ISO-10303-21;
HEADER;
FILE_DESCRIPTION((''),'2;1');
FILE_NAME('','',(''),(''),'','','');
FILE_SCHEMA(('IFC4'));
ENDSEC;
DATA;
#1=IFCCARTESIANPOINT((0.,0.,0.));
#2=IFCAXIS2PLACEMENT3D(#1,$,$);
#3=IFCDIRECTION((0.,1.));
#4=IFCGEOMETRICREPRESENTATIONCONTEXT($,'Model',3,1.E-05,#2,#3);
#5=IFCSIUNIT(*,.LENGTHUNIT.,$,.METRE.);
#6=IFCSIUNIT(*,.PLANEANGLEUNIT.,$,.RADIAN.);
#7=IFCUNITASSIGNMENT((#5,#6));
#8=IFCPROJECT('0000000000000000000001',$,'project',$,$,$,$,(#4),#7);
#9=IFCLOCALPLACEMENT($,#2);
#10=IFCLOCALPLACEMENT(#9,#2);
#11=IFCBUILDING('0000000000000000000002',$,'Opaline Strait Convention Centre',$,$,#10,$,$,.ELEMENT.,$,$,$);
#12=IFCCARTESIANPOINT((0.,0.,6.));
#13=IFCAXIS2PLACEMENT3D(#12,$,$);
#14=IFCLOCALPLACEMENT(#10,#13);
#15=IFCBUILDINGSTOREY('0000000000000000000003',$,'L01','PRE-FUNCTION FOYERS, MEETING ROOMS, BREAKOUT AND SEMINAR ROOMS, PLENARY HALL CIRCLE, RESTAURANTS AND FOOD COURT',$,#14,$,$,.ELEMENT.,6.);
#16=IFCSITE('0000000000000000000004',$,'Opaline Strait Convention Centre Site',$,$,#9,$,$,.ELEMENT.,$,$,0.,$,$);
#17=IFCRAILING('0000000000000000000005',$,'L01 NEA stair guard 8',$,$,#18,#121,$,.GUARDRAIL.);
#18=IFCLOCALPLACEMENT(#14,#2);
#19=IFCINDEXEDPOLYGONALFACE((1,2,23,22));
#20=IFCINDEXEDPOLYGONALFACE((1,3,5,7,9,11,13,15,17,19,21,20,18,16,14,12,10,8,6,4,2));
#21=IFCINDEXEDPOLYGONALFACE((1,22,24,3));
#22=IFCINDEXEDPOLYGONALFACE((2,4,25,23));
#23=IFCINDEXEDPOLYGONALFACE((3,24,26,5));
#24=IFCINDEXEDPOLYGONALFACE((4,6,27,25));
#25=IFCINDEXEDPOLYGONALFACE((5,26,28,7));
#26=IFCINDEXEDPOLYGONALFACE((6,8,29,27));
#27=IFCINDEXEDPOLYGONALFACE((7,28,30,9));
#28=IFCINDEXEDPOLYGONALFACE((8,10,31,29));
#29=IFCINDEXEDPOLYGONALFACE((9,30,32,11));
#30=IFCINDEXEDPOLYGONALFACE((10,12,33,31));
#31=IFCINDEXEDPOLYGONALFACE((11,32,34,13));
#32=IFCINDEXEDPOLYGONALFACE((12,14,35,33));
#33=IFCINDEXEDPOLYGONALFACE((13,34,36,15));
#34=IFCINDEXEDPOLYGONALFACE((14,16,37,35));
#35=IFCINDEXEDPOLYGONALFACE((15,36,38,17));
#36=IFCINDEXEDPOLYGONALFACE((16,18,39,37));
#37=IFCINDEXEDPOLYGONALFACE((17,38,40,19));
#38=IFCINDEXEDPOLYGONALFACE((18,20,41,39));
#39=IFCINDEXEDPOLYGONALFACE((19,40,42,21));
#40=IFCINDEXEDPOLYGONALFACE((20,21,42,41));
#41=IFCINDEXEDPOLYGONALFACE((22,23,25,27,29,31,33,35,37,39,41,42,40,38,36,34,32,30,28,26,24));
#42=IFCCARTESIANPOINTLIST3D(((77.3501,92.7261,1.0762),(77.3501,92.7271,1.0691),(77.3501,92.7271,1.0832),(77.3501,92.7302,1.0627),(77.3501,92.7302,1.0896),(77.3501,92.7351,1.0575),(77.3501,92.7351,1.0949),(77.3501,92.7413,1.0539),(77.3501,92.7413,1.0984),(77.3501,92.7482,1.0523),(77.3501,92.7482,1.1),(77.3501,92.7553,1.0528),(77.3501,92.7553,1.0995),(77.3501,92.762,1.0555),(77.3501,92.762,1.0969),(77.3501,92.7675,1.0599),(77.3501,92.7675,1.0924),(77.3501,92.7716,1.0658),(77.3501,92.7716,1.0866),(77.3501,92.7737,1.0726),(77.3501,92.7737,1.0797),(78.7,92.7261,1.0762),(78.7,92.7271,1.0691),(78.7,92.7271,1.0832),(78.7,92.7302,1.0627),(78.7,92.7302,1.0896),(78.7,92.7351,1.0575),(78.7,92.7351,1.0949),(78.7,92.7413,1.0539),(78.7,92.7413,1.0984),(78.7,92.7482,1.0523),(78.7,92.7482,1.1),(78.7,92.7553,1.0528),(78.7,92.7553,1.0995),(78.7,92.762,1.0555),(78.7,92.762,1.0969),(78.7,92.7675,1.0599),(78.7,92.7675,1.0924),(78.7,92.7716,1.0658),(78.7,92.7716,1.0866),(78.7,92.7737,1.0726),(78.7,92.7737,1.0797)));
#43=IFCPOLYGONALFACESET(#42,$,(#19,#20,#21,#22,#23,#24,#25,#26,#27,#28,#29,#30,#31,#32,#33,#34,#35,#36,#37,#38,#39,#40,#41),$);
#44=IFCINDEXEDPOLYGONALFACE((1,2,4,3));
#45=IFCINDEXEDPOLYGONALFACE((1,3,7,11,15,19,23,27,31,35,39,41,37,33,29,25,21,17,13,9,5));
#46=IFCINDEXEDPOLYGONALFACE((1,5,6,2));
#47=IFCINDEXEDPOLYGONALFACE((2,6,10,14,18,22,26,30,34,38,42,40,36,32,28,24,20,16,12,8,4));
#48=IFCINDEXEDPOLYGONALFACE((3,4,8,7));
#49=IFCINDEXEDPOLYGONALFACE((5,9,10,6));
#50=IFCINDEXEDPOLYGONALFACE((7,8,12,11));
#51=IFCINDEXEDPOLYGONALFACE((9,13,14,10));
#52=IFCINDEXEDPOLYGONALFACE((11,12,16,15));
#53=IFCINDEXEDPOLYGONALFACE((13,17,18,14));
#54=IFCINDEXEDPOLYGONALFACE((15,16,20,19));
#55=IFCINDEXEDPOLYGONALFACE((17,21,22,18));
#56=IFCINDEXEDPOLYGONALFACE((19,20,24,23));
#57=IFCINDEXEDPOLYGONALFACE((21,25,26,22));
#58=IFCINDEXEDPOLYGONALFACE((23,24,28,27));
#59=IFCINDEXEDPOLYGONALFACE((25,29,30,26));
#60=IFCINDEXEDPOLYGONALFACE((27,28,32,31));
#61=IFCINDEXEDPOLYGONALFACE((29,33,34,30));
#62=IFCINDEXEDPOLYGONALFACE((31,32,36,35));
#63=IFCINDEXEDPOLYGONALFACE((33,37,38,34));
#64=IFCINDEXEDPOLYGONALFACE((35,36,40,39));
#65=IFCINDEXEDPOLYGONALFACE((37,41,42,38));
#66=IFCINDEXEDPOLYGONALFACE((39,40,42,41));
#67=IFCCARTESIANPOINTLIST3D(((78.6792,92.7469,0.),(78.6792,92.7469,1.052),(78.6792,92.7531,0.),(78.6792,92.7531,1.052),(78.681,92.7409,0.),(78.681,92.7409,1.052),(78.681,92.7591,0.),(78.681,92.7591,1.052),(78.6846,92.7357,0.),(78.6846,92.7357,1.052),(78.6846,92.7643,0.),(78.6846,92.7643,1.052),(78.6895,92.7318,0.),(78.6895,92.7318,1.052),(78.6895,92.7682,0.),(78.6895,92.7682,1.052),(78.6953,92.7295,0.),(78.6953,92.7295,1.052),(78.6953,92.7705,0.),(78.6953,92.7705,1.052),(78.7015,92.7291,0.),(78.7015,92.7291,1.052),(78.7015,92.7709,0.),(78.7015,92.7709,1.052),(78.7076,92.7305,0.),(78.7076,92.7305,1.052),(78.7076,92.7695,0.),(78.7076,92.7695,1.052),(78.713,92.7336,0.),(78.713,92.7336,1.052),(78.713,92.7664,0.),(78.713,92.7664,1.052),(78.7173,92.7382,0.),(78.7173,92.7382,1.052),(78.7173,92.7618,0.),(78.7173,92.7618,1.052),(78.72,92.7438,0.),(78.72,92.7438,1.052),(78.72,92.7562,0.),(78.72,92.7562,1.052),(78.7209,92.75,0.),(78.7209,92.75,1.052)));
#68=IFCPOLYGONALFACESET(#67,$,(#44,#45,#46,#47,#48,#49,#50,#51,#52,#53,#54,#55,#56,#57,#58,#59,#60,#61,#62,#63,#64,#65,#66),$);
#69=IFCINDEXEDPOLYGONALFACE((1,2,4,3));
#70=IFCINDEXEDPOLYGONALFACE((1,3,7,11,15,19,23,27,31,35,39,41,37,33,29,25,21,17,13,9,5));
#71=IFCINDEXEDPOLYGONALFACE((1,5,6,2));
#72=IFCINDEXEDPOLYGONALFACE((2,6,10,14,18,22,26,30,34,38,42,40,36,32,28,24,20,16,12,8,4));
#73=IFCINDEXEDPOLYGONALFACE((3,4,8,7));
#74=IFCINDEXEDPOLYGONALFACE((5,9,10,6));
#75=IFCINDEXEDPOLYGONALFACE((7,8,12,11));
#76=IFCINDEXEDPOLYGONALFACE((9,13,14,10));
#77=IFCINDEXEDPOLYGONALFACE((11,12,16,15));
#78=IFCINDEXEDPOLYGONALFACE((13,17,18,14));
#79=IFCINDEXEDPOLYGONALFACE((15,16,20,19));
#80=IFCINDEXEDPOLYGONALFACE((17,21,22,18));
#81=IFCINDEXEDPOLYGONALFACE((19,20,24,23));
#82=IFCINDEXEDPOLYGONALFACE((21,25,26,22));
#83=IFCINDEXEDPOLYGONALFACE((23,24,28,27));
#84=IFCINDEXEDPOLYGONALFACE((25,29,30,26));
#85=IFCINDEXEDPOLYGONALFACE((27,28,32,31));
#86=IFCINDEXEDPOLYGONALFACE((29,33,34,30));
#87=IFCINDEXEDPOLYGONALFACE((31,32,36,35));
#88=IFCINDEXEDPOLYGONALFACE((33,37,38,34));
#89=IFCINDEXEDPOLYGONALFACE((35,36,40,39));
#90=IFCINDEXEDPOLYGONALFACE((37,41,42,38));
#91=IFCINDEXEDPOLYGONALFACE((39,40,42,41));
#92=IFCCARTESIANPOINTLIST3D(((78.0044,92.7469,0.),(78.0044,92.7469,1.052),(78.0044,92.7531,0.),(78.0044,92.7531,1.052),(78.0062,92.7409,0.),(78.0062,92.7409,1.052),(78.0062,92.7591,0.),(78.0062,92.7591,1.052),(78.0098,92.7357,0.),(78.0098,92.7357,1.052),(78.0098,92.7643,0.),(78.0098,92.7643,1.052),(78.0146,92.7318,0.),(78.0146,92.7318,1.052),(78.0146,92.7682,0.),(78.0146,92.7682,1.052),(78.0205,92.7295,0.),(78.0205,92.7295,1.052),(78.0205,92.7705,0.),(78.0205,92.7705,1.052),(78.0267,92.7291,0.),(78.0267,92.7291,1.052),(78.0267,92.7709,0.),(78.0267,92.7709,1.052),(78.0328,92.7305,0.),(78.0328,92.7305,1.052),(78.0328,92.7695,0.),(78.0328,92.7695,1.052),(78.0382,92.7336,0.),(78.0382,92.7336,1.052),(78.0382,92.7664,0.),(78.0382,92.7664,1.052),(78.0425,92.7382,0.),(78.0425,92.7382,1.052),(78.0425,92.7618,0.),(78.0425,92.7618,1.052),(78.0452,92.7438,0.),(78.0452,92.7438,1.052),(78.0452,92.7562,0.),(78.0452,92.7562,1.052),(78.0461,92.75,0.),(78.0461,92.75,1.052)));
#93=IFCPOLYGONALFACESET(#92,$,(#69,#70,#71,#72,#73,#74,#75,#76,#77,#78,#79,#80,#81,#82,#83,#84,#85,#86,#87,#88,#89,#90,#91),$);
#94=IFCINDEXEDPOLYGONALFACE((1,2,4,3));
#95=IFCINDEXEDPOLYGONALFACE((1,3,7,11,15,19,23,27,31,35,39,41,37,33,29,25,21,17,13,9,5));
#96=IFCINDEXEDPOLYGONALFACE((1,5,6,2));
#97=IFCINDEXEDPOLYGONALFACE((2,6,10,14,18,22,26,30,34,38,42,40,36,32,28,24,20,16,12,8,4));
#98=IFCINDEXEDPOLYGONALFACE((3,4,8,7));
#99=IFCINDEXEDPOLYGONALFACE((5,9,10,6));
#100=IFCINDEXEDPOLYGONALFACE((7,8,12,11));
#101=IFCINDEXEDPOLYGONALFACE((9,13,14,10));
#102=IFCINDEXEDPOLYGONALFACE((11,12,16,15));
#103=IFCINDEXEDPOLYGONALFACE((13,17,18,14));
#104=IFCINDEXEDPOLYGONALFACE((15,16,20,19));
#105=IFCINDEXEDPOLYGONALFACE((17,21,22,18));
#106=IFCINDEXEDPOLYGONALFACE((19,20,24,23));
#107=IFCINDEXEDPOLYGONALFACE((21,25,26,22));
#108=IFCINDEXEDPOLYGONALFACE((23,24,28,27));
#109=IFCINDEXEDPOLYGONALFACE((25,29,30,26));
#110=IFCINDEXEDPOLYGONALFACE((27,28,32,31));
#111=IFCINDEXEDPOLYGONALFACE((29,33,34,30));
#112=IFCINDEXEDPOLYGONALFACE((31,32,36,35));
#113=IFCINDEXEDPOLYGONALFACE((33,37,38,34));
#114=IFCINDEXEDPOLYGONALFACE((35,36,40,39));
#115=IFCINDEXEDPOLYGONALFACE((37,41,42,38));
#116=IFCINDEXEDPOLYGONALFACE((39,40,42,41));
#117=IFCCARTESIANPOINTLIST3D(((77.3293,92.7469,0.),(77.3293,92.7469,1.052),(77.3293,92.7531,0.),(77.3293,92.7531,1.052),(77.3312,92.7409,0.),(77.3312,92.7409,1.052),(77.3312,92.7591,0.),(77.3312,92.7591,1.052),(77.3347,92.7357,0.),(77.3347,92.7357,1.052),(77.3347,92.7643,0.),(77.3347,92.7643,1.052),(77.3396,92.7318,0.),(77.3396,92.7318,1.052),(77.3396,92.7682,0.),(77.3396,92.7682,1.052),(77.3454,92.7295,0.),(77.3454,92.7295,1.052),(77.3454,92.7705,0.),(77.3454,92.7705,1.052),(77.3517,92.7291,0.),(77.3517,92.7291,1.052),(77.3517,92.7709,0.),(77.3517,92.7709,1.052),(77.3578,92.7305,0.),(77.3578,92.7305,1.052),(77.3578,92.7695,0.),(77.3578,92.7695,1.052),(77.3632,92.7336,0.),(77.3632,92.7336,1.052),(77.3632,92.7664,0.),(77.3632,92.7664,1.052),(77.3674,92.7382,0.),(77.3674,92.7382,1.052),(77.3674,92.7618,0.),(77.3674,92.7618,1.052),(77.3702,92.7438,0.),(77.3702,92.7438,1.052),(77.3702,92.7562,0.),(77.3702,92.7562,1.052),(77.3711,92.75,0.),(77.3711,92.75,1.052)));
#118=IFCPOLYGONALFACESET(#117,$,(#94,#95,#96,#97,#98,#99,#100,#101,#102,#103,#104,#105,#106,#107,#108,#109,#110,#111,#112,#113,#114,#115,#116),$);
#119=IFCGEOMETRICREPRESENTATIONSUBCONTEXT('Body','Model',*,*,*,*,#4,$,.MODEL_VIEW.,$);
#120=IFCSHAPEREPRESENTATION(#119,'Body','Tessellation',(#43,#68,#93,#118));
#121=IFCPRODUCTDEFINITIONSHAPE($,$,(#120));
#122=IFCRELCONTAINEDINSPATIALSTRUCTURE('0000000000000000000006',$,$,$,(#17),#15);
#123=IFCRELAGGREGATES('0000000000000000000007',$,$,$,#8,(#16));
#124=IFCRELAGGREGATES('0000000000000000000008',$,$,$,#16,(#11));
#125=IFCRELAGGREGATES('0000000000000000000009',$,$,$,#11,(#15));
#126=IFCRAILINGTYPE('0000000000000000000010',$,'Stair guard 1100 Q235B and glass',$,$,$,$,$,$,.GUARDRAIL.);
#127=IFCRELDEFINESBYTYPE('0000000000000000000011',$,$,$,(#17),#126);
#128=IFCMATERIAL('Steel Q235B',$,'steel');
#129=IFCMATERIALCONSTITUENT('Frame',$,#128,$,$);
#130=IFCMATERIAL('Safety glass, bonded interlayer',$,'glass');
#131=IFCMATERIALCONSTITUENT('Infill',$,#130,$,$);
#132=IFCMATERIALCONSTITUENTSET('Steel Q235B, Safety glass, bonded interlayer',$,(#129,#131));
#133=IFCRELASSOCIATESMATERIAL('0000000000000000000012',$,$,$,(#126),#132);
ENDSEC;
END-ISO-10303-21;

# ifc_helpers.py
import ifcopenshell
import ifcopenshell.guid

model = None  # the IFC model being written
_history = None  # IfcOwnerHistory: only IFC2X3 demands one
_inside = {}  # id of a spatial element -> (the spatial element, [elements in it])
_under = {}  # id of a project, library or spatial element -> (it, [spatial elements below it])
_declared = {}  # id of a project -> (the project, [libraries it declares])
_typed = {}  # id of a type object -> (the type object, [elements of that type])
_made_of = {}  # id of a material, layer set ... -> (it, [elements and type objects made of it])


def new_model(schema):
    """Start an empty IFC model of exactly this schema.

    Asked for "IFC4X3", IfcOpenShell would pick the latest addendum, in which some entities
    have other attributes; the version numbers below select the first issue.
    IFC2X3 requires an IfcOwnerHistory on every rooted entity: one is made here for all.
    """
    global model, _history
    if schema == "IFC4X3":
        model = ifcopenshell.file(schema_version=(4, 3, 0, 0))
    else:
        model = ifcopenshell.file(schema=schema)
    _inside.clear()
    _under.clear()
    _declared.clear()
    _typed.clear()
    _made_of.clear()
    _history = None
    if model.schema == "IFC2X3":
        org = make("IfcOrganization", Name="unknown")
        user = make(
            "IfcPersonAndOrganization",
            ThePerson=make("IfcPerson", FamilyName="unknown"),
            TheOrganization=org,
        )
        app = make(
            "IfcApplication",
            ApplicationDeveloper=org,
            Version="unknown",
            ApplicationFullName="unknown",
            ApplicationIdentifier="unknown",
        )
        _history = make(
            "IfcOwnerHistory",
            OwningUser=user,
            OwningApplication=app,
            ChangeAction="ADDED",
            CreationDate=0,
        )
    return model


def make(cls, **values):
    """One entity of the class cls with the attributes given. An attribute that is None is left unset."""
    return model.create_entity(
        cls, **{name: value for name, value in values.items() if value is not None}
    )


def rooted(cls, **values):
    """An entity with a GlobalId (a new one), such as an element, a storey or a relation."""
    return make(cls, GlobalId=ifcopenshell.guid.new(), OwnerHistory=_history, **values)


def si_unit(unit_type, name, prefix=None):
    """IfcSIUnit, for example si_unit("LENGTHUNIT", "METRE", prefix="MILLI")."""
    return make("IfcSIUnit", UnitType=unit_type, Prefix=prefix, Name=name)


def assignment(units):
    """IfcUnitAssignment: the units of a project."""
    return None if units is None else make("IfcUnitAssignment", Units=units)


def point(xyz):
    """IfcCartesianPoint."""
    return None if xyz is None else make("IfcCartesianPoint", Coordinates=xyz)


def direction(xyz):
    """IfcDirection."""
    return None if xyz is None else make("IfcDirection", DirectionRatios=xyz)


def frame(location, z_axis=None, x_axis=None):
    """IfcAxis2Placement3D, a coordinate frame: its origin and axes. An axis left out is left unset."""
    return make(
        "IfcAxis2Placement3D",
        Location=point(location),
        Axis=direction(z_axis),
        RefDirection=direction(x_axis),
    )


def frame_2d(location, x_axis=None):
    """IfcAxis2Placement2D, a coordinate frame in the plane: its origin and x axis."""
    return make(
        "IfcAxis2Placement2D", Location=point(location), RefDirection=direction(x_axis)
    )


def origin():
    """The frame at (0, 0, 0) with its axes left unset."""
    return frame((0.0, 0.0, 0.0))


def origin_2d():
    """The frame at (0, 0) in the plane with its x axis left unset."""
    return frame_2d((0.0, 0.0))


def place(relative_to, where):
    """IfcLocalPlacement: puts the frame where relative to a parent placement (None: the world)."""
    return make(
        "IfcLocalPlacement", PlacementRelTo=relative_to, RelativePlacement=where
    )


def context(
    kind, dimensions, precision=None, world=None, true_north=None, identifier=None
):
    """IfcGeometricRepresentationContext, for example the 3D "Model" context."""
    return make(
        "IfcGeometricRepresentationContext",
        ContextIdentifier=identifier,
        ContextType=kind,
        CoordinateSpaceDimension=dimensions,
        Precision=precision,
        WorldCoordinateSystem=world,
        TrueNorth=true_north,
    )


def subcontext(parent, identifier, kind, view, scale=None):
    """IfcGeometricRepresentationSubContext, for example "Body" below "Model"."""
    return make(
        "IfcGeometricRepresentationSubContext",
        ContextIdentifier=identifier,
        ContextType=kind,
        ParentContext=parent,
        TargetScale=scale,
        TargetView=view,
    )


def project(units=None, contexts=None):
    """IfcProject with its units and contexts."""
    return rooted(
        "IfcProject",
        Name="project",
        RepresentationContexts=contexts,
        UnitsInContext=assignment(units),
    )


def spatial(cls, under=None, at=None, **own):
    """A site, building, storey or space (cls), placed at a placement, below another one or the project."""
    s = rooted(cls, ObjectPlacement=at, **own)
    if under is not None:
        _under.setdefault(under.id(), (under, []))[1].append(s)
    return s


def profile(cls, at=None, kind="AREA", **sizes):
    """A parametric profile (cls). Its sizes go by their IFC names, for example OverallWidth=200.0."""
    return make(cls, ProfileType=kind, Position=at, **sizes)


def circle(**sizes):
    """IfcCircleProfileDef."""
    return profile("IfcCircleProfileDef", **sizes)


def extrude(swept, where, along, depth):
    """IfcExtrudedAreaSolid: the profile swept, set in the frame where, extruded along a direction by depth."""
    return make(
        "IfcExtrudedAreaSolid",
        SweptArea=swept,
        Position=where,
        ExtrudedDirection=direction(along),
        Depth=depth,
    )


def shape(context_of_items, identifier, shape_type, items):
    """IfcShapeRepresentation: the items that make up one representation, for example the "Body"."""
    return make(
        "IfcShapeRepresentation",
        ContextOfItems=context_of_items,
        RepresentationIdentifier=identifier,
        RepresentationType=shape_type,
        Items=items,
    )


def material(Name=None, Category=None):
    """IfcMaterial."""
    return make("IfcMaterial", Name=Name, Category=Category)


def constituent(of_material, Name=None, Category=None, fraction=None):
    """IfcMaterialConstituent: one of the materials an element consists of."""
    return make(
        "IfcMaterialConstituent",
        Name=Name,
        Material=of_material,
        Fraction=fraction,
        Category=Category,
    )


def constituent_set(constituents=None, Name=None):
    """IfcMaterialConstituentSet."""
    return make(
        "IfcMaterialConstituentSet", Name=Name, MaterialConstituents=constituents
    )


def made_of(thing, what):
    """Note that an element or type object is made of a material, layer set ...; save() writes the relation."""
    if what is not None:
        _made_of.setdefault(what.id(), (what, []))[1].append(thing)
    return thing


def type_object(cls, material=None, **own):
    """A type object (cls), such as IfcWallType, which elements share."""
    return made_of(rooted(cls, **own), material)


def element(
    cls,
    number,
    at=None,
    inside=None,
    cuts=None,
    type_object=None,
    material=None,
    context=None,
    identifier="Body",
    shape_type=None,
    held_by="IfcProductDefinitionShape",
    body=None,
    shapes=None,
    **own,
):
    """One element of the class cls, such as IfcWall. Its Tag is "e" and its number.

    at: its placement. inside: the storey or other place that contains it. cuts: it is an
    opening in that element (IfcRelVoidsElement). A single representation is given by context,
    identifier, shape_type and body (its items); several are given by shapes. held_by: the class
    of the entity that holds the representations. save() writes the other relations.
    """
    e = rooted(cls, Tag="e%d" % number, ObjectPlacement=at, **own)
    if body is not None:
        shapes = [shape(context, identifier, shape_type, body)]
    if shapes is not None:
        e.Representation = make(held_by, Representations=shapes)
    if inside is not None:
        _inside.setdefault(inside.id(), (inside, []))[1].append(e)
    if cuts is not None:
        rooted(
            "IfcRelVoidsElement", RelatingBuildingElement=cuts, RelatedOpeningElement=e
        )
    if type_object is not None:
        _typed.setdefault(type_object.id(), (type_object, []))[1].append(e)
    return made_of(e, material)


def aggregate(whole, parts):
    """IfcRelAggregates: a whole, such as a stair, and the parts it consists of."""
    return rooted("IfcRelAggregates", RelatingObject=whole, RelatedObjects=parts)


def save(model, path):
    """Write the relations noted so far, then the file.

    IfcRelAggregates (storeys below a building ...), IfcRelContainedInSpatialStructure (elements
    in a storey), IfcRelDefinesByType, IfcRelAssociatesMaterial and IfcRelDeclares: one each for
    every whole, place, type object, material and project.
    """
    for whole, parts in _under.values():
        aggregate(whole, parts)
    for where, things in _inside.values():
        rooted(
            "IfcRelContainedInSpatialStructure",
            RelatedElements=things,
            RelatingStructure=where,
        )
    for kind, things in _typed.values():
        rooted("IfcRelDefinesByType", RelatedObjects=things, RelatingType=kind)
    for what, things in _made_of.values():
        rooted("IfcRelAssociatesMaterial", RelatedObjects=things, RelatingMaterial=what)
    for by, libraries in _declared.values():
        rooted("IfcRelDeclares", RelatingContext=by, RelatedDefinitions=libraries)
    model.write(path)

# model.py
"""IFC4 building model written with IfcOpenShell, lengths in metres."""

from ifc_helpers import new_model, si_unit, direction, frame, origin, origin_2d, place, context, subcontext, project, spatial, circle, extrude, material, constituent, constituent_set, type_object, element, save


model = new_model("IFC4")

# Units and contexts
model_context = context("Model", 3, precision=1e-05, world=origin(), true_north=direction((0.0, 1.0)))
body_context = subcontext(model_context, "Body", "Model", "MODEL_VIEW")
ifc_project = project(units=[si_unit("LENGTHUNIT", "METRE"), si_unit("PLANEANGLEUNIT", "RADIAN")], contexts=[model_context])

# Site, building, storey
site_placement = place(None, origin())
site = spatial("IfcSite", under=ifc_project, at=site_placement, Name="Opaline Strait Convention Centre Site", CompositionType="ELEMENT", RefElevation=0.0)
building_placement = place(site_placement, origin())
building = spatial("IfcBuilding", under=site, at=building_placement, Name="Opaline Strait Convention Centre", CompositionType="ELEMENT")
storey_placement = place(building_placement, frame((0.0, 0.0, 6.0)))
storey = spatial("IfcBuildingStorey", under=building, at=storey_placement, Name="L01", Description="PRE-FUNCTION FOYERS, MEETING ROOMS, BREAKOUT AND SEMINAR ROOMS, PLENARY HALL CIRCLE, RESTAURANTS AND FOOD COURT", CompositionType="ELEMENT", Elevation=6.0)

# Railing
ifc_material_1 = material(Name="Steel Q235B", Category="steel")
ifc_constituent_1 = constituent(ifc_material_1, Name="Frame")
ifc_material_2 = material(Name="Safety glass, bonded interlayer", Category="glass")
ifc_constituent_2 = constituent(ifc_material_2, Name="Infill")
ifc_constituent_set = constituent_set(constituents=[ifc_constituent_1, ifc_constituent_2], Name="Steel Q235B, Safety glass, bonded interlayer")
railing_type_1 = type_object("IfcRailingType", Name="Stair guard 1100 Q235B and glass", PredefinedType="GUARDRAIL", material=ifc_constituent_set)
for number, where, name in (
    (1, (78.7, 92.75, 0.0), "L01 NEA stair guard 8"),
):
    element("IfcRailing", number, at=place(storey_placement, frame(where)), inside=storey, type_object=railing_type_1, Name=name, PredefinedType="GUARDRAIL", context=body_context, shape_type="SweptSolid", body=[
        extrude(circle(Radius=0.0239, at=origin_2d()), frame((0.0, 0.0, 1.0762), z_axis=(-1.0, 0.0, 0.0), x_axis=(0.0, -1.0, 0.0)), (0.0, 0.0, 1.0), 1.3499),
        extrude(circle(Radius=0.021, at=origin_2d()), origin(), (0.0, 0.0, 1.0), 1.052),
        extrude(circle(Radius=0.021, at=origin_2d()), frame((-0.6748, 0.0, 0.0)), (0.0, 0.0, 1.0), 1.052),
        extrude(circle(Radius=0.021, at=origin_2d()), frame((-1.3499, 0.0, 0.0)), (0.0, 0.0, 1.0), 1.052),
    ])

save(model, "model.ifc")
